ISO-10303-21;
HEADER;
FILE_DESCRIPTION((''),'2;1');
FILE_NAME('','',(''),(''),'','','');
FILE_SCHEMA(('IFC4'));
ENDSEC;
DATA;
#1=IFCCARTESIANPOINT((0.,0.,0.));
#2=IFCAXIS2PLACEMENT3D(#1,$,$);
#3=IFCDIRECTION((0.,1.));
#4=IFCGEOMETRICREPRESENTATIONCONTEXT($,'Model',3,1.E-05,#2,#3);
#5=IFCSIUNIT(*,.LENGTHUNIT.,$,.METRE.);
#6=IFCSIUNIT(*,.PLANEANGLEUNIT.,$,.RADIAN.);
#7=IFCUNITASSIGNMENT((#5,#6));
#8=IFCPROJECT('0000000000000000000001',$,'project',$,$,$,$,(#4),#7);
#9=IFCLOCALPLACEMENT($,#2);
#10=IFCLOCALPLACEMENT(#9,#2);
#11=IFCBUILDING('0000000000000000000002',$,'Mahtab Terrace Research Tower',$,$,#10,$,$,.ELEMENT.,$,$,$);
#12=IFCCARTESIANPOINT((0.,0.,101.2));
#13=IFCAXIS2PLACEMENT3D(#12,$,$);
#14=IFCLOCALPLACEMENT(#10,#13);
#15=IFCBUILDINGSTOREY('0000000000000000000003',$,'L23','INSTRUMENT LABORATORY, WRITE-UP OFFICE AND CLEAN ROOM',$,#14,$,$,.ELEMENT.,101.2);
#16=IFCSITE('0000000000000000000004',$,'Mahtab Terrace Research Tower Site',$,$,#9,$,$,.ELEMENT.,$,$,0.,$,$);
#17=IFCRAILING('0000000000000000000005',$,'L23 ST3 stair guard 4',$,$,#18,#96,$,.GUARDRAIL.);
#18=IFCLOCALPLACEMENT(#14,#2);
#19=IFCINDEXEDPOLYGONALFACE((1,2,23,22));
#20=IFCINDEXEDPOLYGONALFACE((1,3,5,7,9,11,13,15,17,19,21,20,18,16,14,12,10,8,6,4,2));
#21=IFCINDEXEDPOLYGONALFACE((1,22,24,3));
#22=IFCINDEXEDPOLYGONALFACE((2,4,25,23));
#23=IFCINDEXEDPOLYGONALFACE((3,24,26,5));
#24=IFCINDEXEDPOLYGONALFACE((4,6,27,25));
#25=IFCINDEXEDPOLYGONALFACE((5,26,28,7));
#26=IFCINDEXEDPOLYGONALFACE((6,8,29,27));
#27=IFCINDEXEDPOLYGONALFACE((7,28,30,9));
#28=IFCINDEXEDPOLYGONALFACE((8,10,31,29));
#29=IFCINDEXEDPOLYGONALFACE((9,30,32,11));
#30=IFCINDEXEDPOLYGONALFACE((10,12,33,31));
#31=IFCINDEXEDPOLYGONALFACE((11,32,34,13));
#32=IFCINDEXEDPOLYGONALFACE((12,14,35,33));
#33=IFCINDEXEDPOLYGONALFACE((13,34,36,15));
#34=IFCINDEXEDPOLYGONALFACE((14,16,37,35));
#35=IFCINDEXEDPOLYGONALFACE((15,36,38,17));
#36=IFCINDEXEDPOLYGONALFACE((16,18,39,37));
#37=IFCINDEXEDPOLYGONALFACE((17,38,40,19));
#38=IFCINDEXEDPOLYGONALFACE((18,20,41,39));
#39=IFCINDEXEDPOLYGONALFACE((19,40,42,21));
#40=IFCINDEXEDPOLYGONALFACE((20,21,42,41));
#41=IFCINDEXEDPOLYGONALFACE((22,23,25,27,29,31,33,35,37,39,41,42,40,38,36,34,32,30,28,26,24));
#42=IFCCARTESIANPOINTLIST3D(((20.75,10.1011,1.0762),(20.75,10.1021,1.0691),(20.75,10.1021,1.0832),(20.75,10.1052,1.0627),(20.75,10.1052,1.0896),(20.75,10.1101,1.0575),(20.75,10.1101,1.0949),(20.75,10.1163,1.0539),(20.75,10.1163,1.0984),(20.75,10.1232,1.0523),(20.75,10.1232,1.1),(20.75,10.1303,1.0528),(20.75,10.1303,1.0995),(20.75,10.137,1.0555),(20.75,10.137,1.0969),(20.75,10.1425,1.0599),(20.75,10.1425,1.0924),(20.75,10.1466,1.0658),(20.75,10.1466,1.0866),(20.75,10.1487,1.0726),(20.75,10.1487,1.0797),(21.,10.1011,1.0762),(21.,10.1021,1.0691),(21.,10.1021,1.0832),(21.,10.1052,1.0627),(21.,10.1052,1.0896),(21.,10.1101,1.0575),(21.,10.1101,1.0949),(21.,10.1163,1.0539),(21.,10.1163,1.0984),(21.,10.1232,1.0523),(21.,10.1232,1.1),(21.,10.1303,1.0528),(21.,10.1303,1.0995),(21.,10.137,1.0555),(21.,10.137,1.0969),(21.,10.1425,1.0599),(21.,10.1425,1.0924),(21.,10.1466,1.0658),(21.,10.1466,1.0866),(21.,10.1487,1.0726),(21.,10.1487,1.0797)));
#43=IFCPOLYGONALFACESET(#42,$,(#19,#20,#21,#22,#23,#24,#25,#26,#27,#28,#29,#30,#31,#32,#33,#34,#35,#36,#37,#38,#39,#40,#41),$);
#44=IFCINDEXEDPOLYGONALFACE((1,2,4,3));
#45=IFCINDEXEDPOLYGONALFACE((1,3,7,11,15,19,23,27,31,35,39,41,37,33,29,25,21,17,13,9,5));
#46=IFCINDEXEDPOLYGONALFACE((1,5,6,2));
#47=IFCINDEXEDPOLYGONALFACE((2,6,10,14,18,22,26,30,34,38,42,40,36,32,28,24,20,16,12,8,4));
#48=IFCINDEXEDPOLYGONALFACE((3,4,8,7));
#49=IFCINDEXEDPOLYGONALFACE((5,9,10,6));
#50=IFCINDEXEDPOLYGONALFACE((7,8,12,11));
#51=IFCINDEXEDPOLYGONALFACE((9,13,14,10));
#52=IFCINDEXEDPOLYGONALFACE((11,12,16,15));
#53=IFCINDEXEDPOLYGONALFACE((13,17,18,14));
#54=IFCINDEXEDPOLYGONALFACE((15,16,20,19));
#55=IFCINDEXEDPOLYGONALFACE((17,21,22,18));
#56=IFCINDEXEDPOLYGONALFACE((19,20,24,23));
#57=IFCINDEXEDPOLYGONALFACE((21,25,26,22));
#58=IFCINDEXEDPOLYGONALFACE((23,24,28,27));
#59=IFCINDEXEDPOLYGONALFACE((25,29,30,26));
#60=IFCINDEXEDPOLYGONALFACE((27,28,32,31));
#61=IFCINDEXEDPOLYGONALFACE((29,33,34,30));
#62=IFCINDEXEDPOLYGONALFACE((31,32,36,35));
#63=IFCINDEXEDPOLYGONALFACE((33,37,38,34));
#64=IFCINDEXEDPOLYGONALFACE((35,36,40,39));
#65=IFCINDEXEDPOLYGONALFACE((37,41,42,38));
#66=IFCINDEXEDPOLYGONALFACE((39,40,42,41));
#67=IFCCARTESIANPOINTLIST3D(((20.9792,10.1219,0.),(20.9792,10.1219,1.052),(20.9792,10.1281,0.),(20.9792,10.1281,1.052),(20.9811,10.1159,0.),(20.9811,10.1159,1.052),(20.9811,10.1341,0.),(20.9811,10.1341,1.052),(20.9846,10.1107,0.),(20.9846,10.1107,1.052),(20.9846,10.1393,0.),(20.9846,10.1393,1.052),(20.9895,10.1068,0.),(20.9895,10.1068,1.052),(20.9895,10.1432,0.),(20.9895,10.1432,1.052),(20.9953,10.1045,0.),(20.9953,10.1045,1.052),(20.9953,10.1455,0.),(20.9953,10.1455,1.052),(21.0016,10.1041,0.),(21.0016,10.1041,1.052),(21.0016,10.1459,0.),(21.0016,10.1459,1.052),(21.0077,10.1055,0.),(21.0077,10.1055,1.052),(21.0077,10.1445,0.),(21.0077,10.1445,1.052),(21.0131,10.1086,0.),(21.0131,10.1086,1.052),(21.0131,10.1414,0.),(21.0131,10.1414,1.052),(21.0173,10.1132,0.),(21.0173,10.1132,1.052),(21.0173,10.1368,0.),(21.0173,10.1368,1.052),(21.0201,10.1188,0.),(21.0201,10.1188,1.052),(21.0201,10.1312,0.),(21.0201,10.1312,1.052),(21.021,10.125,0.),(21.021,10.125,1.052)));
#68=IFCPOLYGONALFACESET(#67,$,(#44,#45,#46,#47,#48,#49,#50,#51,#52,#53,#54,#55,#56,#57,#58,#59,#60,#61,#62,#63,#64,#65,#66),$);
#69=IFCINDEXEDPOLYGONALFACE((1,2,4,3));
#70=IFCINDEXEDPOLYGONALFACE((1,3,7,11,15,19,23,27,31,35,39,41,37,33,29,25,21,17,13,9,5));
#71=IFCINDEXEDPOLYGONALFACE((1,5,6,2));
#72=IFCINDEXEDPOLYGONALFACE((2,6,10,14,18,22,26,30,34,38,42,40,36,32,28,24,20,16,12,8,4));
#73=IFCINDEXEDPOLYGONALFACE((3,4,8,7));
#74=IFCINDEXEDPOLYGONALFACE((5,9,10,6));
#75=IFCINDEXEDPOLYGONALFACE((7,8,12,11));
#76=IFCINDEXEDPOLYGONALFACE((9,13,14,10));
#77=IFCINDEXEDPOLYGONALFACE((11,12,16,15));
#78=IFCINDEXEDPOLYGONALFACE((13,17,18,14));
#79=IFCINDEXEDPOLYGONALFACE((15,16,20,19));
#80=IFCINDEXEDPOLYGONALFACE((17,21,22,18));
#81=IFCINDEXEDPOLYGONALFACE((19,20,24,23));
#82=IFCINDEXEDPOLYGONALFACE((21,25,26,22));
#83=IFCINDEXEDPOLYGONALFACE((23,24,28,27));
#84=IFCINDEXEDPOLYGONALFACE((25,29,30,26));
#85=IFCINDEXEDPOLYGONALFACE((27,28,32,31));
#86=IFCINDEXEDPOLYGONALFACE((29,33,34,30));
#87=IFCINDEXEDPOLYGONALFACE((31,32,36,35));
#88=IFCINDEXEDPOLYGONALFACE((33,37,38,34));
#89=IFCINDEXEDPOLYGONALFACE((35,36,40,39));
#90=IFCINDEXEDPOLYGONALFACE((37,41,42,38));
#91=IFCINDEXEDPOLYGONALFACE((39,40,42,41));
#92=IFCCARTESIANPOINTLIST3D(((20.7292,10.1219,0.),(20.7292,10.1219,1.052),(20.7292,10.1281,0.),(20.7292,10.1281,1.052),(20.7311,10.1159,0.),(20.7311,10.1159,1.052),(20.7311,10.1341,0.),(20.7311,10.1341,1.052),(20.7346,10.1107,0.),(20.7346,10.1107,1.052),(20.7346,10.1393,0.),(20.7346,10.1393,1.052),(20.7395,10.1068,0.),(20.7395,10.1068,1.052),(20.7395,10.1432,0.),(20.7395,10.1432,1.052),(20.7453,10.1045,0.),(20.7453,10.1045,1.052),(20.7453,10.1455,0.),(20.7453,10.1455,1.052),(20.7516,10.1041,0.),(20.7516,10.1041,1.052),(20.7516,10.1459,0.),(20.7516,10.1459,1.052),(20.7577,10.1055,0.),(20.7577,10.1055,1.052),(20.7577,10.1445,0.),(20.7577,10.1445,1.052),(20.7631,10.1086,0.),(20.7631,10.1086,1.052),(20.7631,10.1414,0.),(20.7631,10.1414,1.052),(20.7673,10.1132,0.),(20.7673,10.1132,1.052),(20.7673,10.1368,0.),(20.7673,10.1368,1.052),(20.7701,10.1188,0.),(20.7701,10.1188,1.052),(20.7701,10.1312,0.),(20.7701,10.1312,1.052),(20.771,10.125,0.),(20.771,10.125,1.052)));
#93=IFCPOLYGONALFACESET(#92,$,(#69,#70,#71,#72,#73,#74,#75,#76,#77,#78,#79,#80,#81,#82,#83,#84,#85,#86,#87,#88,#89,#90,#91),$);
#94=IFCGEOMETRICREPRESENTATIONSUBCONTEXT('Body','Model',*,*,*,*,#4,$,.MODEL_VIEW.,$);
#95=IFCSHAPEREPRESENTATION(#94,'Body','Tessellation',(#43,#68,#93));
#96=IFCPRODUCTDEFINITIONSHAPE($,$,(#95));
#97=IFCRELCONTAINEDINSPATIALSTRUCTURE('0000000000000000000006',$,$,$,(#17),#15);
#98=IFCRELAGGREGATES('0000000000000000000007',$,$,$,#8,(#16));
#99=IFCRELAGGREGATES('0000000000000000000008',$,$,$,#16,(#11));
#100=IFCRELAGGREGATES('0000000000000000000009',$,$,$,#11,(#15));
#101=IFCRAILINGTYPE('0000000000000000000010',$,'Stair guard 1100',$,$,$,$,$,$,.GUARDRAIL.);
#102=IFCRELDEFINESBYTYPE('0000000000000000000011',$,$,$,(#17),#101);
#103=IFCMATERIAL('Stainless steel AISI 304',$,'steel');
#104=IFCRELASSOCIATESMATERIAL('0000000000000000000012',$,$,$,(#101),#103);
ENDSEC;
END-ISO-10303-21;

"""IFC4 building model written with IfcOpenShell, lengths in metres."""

from ifc_helpers import new_model, si_unit, direction, frame, origin, origin_2d, place, context, subcontext, project, spatial, circle, extrude, material, type_object, element, save


model = new_model("IFC4")

# Units and contexts
model_context = context("Model", 3, precision=1e-05, world=origin(), true_north=direction((0.0, 1.0)))
body_context = subcontext(model_context, "Body", "Model", "MODEL_VIEW")
ifc_project = project(units=[si_unit("LENGTHUNIT", "METRE"), si_unit("PLANEANGLEUNIT", "RADIAN")], contexts=[model_context])

# Site, building, storey
site_placement = place(None, origin())
site = spatial("IfcSite", under=ifc_project, at=site_placement, Name="Mahtab Terrace Research Tower Site", CompositionType="ELEMENT", RefElevation=0.0)
building_placement = place(site_placement, origin())
building = spatial("IfcBuilding", under=site, at=building_placement, Name="Mahtab Terrace Research Tower", CompositionType="ELEMENT")
storey_placement = place(building_placement, frame((0.0, 0.0, 101.2)))
storey = spatial("IfcBuildingStorey", under=building, at=storey_placement, Name="L23", Description="INSTRUMENT LABORATORY, WRITE-UP OFFICE AND CLEAN ROOM", CompositionType="ELEMENT", Elevation=101.2)

# Shared definitions
ifc_material_1 = material(Name="Stainless steel AISI 304", Category="steel")

# Railing
railing_type_1 = type_object("IfcRailingType", Name="Stair guard 1100", PredefinedType="GUARDRAIL", material=ifc_material_1)
railing_1_placement = place(storey_placement, frame((21.0, 10.125, 0.0)))
element("IfcRailing", 1, at=railing_1_placement, inside=storey, type_object=railing_type_1, Name="L23 ST3 stair guard 4", PredefinedType="GUARDRAIL", context=body_context, shape_type="SweptSolid", body=[
    extrude(circle(Radius=0.0239, at=origin_2d()), frame((0.0, 0.0, 1.0762), z_axis=(-1.0, 0.0, 0.0), x_axis=(0.0, -1.0, 0.0)), (0.0, 0.0, 1.0), 0.25),
    extrude(circle(Radius=0.021, at=origin_2d()), origin(), (0.0, 0.0, 1.0), 1.052),
    extrude(circle(Radius=0.021, at=origin_2d()), frame((-0.25, 0.0, 0.0)), (0.0, 0.0, 1.0), 1.052),
])

save(model, "model.ifc")
